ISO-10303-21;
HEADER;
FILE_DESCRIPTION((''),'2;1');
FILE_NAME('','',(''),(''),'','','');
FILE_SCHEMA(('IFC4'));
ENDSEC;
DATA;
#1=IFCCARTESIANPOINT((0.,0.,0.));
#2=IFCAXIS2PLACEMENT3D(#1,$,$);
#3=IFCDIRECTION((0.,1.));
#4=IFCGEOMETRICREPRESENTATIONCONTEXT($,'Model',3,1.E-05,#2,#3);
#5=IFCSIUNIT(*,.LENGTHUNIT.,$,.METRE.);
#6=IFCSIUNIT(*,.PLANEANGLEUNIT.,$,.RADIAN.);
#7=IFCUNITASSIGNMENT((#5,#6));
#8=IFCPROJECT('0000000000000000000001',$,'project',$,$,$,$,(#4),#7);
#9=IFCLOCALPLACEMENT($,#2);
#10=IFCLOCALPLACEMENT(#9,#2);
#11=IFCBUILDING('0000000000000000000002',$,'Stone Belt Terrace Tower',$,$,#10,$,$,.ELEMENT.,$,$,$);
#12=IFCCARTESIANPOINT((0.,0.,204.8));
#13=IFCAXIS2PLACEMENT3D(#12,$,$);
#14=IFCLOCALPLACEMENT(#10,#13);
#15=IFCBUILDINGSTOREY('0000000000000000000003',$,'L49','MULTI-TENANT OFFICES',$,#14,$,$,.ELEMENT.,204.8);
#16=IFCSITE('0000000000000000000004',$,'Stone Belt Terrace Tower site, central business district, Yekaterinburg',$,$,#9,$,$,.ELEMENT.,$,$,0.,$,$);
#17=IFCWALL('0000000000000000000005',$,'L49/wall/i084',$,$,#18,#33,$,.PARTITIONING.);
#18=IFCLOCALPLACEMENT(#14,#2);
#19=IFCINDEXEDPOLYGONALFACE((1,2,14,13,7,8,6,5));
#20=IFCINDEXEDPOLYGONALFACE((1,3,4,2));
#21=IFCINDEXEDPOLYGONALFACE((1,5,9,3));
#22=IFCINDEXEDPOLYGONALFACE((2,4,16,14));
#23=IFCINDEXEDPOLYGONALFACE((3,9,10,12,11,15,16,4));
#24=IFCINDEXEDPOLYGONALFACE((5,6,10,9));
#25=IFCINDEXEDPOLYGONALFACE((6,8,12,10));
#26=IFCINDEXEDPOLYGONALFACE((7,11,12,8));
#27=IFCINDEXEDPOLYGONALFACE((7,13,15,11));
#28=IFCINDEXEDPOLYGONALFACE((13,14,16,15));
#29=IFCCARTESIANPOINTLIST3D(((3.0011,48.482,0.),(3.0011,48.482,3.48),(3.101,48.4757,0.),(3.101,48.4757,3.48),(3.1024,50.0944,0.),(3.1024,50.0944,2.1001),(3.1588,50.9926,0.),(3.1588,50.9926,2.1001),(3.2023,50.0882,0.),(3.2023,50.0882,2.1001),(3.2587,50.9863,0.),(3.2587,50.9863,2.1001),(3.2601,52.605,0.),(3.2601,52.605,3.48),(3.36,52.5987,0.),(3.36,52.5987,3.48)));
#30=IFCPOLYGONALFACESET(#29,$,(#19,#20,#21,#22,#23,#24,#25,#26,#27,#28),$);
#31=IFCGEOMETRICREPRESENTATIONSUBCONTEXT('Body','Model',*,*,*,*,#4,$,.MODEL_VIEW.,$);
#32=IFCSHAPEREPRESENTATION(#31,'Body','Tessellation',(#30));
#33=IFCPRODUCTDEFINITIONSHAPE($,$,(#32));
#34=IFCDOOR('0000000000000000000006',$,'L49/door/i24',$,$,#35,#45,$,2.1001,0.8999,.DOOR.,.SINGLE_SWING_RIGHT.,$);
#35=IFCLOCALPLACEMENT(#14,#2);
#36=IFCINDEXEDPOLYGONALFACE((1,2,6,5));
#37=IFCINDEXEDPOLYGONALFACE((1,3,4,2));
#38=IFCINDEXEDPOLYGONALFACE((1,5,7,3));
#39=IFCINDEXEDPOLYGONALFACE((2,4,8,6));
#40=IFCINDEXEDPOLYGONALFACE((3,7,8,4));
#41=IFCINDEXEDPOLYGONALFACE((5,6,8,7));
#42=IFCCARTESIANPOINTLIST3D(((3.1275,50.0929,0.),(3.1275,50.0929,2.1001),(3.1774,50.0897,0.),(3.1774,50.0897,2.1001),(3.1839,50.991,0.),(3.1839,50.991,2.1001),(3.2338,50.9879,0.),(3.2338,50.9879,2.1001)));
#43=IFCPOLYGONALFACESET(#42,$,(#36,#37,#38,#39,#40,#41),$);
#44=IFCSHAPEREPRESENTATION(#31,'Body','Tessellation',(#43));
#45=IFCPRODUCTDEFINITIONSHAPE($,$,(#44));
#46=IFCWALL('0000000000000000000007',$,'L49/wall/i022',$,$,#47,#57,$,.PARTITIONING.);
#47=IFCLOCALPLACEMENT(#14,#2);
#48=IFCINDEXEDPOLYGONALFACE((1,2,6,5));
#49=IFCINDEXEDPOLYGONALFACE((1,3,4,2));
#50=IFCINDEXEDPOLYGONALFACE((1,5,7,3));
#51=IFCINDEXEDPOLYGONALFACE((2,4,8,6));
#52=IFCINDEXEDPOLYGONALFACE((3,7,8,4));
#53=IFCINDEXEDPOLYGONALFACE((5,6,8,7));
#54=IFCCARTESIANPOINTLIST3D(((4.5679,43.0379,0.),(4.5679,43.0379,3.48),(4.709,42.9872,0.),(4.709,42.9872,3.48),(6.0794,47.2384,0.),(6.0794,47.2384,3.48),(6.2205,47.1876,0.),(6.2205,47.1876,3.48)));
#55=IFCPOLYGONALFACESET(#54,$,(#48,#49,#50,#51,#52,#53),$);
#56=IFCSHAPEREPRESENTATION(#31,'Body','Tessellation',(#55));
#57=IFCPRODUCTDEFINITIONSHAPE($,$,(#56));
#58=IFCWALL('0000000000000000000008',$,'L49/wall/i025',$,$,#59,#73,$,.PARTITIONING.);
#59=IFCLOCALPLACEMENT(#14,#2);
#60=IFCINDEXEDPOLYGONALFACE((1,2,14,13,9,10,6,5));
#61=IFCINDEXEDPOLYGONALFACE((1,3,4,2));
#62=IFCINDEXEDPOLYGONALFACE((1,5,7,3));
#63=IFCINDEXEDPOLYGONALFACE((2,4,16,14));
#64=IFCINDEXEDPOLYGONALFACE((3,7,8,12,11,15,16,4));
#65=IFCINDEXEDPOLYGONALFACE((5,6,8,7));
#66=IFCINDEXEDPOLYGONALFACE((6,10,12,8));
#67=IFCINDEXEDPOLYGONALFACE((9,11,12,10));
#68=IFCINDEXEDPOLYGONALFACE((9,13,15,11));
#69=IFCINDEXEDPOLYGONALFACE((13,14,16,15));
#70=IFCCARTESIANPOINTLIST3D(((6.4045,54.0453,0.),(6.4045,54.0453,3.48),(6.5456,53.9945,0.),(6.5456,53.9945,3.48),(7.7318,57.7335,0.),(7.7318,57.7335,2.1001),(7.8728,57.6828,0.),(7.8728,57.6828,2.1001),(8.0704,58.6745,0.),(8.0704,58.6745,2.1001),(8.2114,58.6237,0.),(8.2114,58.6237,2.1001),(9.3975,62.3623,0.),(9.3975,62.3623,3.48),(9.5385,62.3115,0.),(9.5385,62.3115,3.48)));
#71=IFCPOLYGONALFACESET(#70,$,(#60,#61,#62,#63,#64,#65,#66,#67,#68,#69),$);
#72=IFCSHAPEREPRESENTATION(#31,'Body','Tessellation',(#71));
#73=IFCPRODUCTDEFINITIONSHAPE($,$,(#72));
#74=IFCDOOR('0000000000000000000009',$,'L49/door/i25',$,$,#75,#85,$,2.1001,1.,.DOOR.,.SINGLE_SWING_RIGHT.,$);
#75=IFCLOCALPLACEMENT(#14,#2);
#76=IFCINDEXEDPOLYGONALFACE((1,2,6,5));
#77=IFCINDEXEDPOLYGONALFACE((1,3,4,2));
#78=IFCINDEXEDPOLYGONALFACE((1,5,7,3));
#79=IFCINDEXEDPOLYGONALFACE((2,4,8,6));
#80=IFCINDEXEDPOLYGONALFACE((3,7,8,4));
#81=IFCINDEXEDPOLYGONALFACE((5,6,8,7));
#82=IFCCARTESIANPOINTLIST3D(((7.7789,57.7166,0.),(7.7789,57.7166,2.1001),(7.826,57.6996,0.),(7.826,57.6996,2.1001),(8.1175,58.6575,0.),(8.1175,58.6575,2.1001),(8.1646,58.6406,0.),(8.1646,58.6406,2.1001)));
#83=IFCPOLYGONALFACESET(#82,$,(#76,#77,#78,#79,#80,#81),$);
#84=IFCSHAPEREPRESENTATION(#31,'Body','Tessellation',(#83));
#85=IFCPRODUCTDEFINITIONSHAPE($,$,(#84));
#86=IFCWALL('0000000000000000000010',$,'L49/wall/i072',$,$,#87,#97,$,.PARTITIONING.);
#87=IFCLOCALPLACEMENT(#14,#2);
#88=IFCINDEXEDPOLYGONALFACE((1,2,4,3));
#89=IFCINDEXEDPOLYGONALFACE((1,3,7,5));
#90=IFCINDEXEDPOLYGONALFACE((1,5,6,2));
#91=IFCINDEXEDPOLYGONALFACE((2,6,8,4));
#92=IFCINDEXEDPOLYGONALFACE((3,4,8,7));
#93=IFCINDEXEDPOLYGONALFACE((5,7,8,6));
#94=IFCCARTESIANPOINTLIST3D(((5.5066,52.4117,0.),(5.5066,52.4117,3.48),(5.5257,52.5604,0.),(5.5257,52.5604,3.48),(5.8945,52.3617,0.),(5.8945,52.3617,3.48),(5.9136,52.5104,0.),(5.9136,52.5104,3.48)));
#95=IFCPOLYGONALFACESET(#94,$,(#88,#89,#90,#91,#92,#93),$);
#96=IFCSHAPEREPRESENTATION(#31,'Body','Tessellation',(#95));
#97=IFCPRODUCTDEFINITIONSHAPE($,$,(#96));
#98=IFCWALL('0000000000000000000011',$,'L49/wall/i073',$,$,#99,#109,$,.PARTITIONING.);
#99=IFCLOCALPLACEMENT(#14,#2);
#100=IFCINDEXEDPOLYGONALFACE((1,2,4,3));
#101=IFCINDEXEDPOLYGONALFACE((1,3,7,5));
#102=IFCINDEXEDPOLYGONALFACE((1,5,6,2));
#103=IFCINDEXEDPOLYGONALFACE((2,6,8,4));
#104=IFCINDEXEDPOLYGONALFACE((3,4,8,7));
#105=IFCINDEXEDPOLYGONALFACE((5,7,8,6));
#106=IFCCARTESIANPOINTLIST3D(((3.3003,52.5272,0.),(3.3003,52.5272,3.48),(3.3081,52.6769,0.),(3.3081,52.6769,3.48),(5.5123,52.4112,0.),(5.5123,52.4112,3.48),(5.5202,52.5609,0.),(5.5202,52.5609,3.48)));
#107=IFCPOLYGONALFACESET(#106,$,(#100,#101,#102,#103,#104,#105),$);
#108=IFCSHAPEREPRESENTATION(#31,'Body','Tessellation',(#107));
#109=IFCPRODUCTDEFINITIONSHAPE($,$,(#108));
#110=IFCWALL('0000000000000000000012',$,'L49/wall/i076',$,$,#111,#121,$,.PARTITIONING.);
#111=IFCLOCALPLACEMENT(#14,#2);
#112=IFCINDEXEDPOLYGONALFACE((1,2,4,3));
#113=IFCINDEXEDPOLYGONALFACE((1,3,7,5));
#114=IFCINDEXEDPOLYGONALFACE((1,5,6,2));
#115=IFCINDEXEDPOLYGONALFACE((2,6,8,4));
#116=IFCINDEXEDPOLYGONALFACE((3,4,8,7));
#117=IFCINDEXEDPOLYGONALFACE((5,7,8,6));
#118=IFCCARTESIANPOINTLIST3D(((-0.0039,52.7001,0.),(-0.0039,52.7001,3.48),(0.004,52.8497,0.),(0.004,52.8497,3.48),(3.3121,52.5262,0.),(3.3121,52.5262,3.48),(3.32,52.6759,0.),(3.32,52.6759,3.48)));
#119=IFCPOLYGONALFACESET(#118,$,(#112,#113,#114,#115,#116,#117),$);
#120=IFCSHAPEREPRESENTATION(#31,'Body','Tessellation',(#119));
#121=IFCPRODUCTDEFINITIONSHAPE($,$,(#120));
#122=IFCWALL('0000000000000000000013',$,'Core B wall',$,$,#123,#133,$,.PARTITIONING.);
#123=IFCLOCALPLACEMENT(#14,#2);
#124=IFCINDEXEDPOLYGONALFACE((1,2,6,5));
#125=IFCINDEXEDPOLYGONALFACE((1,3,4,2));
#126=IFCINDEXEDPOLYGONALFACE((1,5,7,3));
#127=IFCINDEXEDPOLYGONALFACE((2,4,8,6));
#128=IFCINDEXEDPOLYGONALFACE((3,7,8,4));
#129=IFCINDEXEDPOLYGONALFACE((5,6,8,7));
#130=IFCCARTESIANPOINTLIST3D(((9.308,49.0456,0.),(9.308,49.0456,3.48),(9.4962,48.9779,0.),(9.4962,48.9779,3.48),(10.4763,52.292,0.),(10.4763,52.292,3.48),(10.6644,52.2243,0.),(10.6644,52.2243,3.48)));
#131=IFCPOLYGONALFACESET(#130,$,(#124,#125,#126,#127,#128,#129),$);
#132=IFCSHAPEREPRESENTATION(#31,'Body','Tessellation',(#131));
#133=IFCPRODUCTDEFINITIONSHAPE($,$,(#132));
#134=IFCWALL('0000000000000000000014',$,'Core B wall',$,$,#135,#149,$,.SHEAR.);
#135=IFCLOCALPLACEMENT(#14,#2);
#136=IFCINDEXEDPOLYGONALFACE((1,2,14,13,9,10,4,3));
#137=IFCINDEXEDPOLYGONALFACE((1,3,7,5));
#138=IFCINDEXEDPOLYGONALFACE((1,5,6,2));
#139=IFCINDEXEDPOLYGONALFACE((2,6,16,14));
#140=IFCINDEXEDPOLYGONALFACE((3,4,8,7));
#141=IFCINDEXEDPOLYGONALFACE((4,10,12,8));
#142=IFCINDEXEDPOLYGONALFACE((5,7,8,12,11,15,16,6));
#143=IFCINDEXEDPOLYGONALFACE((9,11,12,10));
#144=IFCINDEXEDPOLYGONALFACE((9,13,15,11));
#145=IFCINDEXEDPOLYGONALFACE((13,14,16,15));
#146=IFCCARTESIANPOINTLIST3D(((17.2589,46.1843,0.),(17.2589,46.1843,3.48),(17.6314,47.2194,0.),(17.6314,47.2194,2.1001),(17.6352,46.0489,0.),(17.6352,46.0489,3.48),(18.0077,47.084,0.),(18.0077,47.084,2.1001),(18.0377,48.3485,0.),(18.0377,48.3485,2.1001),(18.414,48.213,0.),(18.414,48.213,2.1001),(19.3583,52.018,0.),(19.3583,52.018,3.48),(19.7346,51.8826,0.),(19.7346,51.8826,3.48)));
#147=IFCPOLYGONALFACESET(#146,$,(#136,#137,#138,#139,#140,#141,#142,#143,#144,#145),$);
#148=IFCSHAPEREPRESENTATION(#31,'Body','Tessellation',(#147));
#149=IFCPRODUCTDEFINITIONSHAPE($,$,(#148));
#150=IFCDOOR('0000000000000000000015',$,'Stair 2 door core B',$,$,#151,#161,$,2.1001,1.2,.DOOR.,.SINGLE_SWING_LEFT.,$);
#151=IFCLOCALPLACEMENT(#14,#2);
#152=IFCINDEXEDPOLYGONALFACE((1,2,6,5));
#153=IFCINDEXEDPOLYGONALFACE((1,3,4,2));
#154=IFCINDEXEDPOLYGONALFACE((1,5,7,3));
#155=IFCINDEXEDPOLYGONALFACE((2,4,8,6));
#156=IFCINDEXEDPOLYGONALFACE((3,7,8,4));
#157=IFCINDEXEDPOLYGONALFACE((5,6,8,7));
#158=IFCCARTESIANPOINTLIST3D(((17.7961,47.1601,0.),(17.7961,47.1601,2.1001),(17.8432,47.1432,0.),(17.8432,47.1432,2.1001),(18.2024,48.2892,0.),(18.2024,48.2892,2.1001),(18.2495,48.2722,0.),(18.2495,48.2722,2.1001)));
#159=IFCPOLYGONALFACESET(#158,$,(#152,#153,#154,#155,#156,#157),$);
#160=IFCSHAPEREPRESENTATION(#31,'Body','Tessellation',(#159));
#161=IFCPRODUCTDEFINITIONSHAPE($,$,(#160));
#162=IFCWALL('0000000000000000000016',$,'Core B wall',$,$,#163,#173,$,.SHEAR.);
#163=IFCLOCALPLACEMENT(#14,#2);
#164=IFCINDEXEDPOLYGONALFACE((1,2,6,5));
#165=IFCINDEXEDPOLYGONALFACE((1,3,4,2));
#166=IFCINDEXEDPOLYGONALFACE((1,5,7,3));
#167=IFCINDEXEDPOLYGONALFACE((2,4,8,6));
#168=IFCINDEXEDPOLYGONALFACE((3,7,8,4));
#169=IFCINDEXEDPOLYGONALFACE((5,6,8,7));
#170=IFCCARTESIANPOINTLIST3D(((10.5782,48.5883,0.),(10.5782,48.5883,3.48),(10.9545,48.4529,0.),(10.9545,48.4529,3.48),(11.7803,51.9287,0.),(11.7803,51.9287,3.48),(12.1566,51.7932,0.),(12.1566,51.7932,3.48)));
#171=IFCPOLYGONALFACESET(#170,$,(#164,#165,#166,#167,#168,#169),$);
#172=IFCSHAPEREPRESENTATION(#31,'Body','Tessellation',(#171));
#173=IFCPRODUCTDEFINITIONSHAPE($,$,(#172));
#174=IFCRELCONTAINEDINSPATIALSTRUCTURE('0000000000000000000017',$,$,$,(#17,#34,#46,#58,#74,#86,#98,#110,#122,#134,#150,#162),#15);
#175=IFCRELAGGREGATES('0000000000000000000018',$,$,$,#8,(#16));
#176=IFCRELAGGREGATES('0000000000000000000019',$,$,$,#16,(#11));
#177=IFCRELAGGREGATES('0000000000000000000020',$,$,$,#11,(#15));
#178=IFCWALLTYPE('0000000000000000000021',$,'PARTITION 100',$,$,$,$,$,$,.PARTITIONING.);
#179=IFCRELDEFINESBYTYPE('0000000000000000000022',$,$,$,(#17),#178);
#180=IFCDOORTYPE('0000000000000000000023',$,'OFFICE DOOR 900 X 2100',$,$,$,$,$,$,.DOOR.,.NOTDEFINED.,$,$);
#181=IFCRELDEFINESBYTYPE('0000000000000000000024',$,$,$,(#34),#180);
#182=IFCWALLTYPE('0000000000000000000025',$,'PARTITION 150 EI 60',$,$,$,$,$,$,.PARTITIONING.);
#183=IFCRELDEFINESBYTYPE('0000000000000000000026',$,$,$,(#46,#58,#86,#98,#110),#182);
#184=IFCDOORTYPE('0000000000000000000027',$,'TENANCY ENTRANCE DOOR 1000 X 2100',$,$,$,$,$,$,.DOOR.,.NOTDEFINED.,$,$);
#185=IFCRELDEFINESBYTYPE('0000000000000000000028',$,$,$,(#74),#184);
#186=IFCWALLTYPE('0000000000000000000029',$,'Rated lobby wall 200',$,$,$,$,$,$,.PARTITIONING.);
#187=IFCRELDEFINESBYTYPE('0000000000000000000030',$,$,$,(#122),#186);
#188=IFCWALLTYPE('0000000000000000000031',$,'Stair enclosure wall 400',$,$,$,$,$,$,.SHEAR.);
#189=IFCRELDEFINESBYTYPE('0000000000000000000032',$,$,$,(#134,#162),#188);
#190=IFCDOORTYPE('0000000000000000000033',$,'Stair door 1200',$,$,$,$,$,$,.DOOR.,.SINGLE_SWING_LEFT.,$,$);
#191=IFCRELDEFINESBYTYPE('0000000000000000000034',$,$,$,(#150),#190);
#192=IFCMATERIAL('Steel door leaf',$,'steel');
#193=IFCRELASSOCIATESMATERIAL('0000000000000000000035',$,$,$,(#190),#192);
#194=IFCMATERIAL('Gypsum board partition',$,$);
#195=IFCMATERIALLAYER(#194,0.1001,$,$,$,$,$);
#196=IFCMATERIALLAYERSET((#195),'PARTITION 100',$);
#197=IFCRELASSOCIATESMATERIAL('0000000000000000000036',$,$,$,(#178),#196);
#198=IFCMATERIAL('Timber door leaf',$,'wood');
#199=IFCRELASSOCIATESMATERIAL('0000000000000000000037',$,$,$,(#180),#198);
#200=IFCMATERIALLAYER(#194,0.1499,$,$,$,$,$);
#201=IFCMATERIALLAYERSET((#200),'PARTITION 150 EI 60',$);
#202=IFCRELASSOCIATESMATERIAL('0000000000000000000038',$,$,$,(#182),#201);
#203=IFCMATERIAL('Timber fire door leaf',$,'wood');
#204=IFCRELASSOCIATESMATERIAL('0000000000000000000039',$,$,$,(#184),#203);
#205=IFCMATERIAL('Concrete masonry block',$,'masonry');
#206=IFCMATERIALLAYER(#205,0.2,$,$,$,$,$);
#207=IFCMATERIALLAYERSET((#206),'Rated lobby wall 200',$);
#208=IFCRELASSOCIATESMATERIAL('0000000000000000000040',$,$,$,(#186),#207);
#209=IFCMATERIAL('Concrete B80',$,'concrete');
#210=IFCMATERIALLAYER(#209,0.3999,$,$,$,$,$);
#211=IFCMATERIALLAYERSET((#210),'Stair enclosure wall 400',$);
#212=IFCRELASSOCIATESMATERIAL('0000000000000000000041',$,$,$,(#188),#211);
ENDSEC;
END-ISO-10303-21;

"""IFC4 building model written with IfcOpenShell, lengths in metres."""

from ifc_helpers import new_model, si_unit, direction, frame, frame_2d, origin, place, context, subcontext, project, spatial, rectangle, extrude, material, layer, layer_set, type_object, element, fill, save


model = new_model("IFC4")

# Units and contexts
model_context = context("Model", 3, precision=1e-05, world=origin(), true_north=direction((0.0, 1.0)))
body_context = subcontext(model_context, "Body", "Model", "MODEL_VIEW")
ifc_project = project(units=[si_unit("LENGTHUNIT", "METRE"), si_unit("PLANEANGLEUNIT", "RADIAN")], contexts=[model_context])

# Site, building, storey
site_placement = place(None, origin())
site = spatial("IfcSite", under=ifc_project, at=site_placement, Name="Stone Belt Terrace Tower site, central business district, Yekaterinburg", CompositionType="ELEMENT", RefElevation=0.0)
building_placement = place(site_placement, origin())
building = spatial("IfcBuilding", under=site, at=building_placement, Name="Stone Belt Terrace Tower", CompositionType="ELEMENT")
storey_placement = place(building_placement, frame((0.0, 0.0, 204.8)))
storey = spatial("IfcBuildingStorey", under=building, at=storey_placement, Name="L49", Description="MULTI-TENANT OFFICES", CompositionType="ELEMENT", Elevation=204.8)

# Shared definitions
ifc_material_1 = material(Name="Timber door leaf", Category="wood")
ifc_material_2 = material(Name="Steel door leaf", Category="steel")
door_type_1 = type_object("IfcDoorType", Name="Stair door 1200", OperationType="SINGLE_SWING_LEFT", PredefinedType="DOOR", material=ifc_material_2)

# Shared definitions
ifc_material_3 = material(Name="Concrete B80", Category="concrete")

# Wall, opening, door
ifc_material_4 = material(Name="Gypsum board partition")
ifc_layer_1 = layer(ifc_material_4, 0.1001)
ifc_layer_set_1 = layer_set([ifc_layer_1], Name="PARTITION 100")
wall_type_1 = type_object("IfcWallType", Name="PARTITION 100", PredefinedType="PARTITIONING", material=ifc_layer_set_1)
wall_1_placement = place(storey_placement, frame((3.051, 48.479, 0.0), z_axis=(0.0, 0.0, 1.0), x_axis=(0.062702, 0.998032, 0.0)))
wall_1 = element("IfcWall", 1, at=wall_1_placement, inside=storey, type_object=wall_type_1, Name="L49/wall/i084", PredefinedType="PARTITIONING", context=body_context, shape_type="SweptSolid", body=[
    extrude(rectangle(XDim=4.1311, YDim=0.1001, at=frame_2d((2.0654, 0.0))), origin(), (0.0, 0.0, 1.0), 3.48),
])
opening_1_placement = place(wall_1_placement, frame((1.6155, 0.0, 0.0)))
opening_1 = element("IfcOpeningElement", 2, at=opening_1_placement, cuts=wall_1, PredefinedType="OPENING", context=body_context, shape_type="SweptSolid", body=[
    extrude(rectangle(XDim=0.8999, YDim=2.1001, at=frame_2d((0.45, 1.05))), frame((0.0, 0.0601, 0.0), z_axis=(0.0, -1.0, 0.0), x_axis=(1.0, 0.0, 0.0)), (0.0, 0.0, 1.0), 0.1201),
])
door_type_2 = type_object("IfcDoorType", Name="OFFICE DOOR 900 X 2100", OperationType="NOTDEFINED", PredefinedType="DOOR", material=ifc_material_1)
door_1_placement = place(opening_1_placement, origin())
door_1 = element("IfcDoor", 3, at=door_1_placement, inside=storey, type_object=door_type_2, Name="L49/door/i24", OperationType="SINGLE_SWING_RIGHT", OverallHeight=2.1001, OverallWidth=0.8999, PredefinedType="DOOR", context=body_context, shape_type="SweptSolid", body=[
    extrude(rectangle(XDim=0.8999, YDim=2.1001, at=frame_2d((0.45, 1.05))), frame((0.0, 0.0249, 0.0), z_axis=(0.0, -1.0, 0.0), x_axis=(1.0, 0.0, 0.0)), (0.0, 0.0, 1.0), 0.05),
])
fill(opening_1, door_1)

# Wall
ifc_layer_2 = layer(ifc_material_4, 0.1499)
ifc_layer_set_2 = layer_set([ifc_layer_2], Name="PARTITION 150 EI 60")
wall_type_2 = type_object("IfcWallType", Name="PARTITION 150 EI 60", PredefinedType="PARTITIONING", material=ifc_layer_set_2)
wall_2_placement = place(storey_placement, frame((6.1499, 47.2129, 0.0), z_axis=(0.0, 0.0, 1.0), x_axis=(-0.338584, -0.940936, 0.0)))
element("IfcWall", 4, at=wall_2_placement, inside=storey, type_object=wall_type_2, Name="L49/wall/i022", PredefinedType="PARTITIONING", context=body_context, shape_type="SweptSolid", body=[
    extrude(rectangle(XDim=4.4641, YDim=0.1499, at=frame_2d((2.2319, 0.0))), origin(), (0.0, 0.0, 1.0), 3.48),
])

# Wall, opening, door
wall_3_placement = place(storey_placement, frame((6.4751, 54.02, 0.0), z_axis=(0.0, 0.0, 1.0), x_axis=(0.338603, 0.940929, 0.0)))
wall_3 = element("IfcWall", 5, at=wall_3_placement, inside=storey, type_object=wall_type_2, Name="L49/wall/i025", PredefinedType="PARTITIONING", context=body_context, shape_type="SweptSolid", body=[
    extrude(rectangle(XDim=8.8391, YDim=0.1499, at=frame_2d((4.4194, 0.0))), origin(), (0.0, 0.0, 1.0), 3.48),
])
opening_2_placement = place(wall_3_placement, frame((3.9197, 0.0, 0.0)))
opening_2 = element("IfcOpeningElement", 6, at=opening_2_placement, cuts=wall_3, PredefinedType="OPENING", context=body_context, shape_type="SweptSolid", body=[
    extrude(rectangle(XDim=1.0, YDim=2.1001, at=frame_2d((0.5, 1.05))), frame((0.0, 0.085, 0.0), z_axis=(0.0, -1.0, 0.0), x_axis=(1.0, 0.0, 0.0)), (0.0, 0.0, 1.0), 0.1699),
])
ifc_material_5 = material(Name="Timber fire door leaf", Category="wood")
door_type_3 = type_object("IfcDoorType", Name="TENANCY ENTRANCE DOOR 1000 X 2100", OperationType="NOTDEFINED", PredefinedType="DOOR", material=ifc_material_5)
door_2_placement = place(opening_2_placement, origin())
door_2 = element("IfcDoor", 7, at=door_2_placement, inside=storey, type_object=door_type_3, Name="L49/door/i25", OperationType="SINGLE_SWING_RIGHT", OverallHeight=2.1001, OverallWidth=1.0, PredefinedType="DOOR", context=body_context, shape_type="SweptSolid", body=[
    extrude(rectangle(XDim=1.0, YDim=2.1001, at=frame_2d((0.5, 1.05))), frame((0.0, 0.0249, 0.0), z_axis=(0.0, -1.0, 0.0), x_axis=(1.0, 0.0, 0.0)), (0.0, 0.0, 1.0), 0.05),
])
fill(opening_2, door_2)

# Walls
wall_4_placement = place(storey_placement, frame((5.9041, 52.436, 0.0), z_axis=(0.0, 0.0, 1.0), x_axis=(-0.99178, 0.127952, 0.0)))
element("IfcWall", 8, at=wall_4_placement, inside=storey, type_object=wall_type_2, Name="L49/wall/i072", PredefinedType="PARTITIONING", context=body_context, shape_type="SweptSolid", body=[
    extrude(rectangle(XDim=0.3911, YDim=0.1499, at=frame_2d((0.1956, 0.0))), origin(), (0.0, 0.0, 1.0), 3.48),
])
wall_5_placement = place(storey_placement, frame((5.5161, 52.4861, 0.0), z_axis=(0.0, 0.0, 1.0), x_axis=(-0.998629, 0.052351, 0.0)))
element("IfcWall", 9, at=wall_5_placement, inside=storey, type_object=wall_type_2, Name="L49/wall/i073", PredefinedType="PARTITIONING", context=body_context, shape_type="SweptSolid", body=[
    extrude(rectangle(XDim=2.2151, YDim=0.1499, at=frame_2d((1.1074, 0.0))), origin(), (0.0, 0.0, 1.0), 3.48),
])
wall_6_placement = place(storey_placement, frame((3.3159, 52.6011, 0.0), z_axis=(0.0, 0.0, 1.0), x_axis=(-0.998629, 0.05235, 0.0)))
element("IfcWall", 10, at=wall_6_placement, inside=storey, type_object=wall_type_2, Name="L49/wall/i076", PredefinedType="PARTITIONING", context=body_context, shape_type="SweptSolid", body=[
    extrude(rectangle(XDim=3.3206, YDim=0.1499, at=frame_2d((1.6602, 0.0))), origin(), (0.0, 0.0, 1.0), 3.48),
])
ifc_material_6 = material(Name="Concrete masonry block", Category="masonry")
ifc_layer_3 = layer(ifc_material_6, 0.2)
ifc_layer_set_3 = layer_set([ifc_layer_3], Name="Rated lobby wall 200")
wall_type_3 = type_object("IfcWallType", Name="Rated lobby wall 200", PredefinedType="PARTITIONING", material=ifc_layer_set_3)
wall_7_placement = place(storey_placement, frame((9.4021, 49.0117, 0.0), z_axis=(0.0, 0.0, 1.0), x_axis=(0.338599, 0.940931, 0.0)))
element("IfcWall", 11, at=wall_7_placement, inside=storey, type_object=wall_type_3, Name="Core B wall", PredefinedType="PARTITIONING", context=body_context, shape_type="SweptSolid", body=[
    extrude(rectangle(XDim=3.4502, YDim=0.2, at=frame_2d((1.7251, 0.0))), origin(), (0.0, 0.0, 1.0), 3.48),
])

# Wall, opening, door
ifc_layer_4 = layer(ifc_material_3, 0.3999)
ifc_layer_set_4 = layer_set([ifc_layer_4], Name="Stair enclosure wall 400")
wall_type_4 = type_object("IfcWallType", Name="Stair enclosure wall 400", PredefinedType="SHEAR", material=ifc_layer_set_4)
wall_8_placement = place(storey_placement, frame((17.447, 46.1165, 0.0), z_axis=(0.0, 0.0, 1.0), x_axis=(0.338608, 0.940928, 0.0)))
wall_8 = element("IfcWall", 12, at=wall_8_placement, inside=storey, type_object=wall_type_4, Name="Core B wall", PredefinedType="SHEAR", context=body_context, shape_type="SweptSolid", body=[
    extrude(rectangle(XDim=6.2, YDim=0.3999, at=frame_2d((3.1001, 0.0))), origin(), (0.0, 0.0, 1.0), 3.48),
])
opening_3_placement = place(wall_8_placement, frame((1.1001, 0.0, 0.0)))
opening_3 = element("IfcOpeningElement", 13, at=opening_3_placement, cuts=wall_8, PredefinedType="OPENING", context=body_context, shape_type="SweptSolid", body=[
    extrude(rectangle(XDim=1.2, YDim=2.1001, at=frame_2d((0.6001, 1.05))), frame((0.0, 0.21, 0.0), z_axis=(0.0, -1.0, 0.0), x_axis=(1.0, 0.0, 0.0)), (0.0, 0.0, 1.0), 0.4199),
])
door_3_placement = place(opening_3_placement, origin())
door_3 = element("IfcDoor", 14, at=door_3_placement, inside=storey, type_object=door_type_1, Name="Stair 2 door core B", OperationType="SINGLE_SWING_LEFT", OverallHeight=2.1001, OverallWidth=1.2, PredefinedType="DOOR", context=body_context, shape_type="SweptSolid", body=[
    extrude(rectangle(XDim=1.2, YDim=2.1001, at=frame_2d((0.6001, 1.05))), frame((0.0, 0.0249, 0.0), z_axis=(0.0, -1.0, 0.0), x_axis=(1.0, 0.0, 0.0)), (0.0, 0.0, 1.0), 0.05),
])
fill(opening_3, door_3)

# Wall
wall_9_placement = place(storey_placement, frame((10.7664, 48.5208, 0.0), z_axis=(0.0, 0.0, 1.0), x_axis=(0.338627, 0.940921, 0.0)))
element("IfcWall", 15, at=wall_9_placement, inside=storey, type_object=wall_type_4, Name="Core B wall", PredefinedType="SHEAR", context=body_context, shape_type="SweptSolid", body=[
    extrude(rectangle(XDim=3.55, YDim=0.3999, at=frame_2d((1.7749, 0.0))), origin(), (0.0, 0.0, 1.0), 3.48),
])

save(model, "model.ifc")
